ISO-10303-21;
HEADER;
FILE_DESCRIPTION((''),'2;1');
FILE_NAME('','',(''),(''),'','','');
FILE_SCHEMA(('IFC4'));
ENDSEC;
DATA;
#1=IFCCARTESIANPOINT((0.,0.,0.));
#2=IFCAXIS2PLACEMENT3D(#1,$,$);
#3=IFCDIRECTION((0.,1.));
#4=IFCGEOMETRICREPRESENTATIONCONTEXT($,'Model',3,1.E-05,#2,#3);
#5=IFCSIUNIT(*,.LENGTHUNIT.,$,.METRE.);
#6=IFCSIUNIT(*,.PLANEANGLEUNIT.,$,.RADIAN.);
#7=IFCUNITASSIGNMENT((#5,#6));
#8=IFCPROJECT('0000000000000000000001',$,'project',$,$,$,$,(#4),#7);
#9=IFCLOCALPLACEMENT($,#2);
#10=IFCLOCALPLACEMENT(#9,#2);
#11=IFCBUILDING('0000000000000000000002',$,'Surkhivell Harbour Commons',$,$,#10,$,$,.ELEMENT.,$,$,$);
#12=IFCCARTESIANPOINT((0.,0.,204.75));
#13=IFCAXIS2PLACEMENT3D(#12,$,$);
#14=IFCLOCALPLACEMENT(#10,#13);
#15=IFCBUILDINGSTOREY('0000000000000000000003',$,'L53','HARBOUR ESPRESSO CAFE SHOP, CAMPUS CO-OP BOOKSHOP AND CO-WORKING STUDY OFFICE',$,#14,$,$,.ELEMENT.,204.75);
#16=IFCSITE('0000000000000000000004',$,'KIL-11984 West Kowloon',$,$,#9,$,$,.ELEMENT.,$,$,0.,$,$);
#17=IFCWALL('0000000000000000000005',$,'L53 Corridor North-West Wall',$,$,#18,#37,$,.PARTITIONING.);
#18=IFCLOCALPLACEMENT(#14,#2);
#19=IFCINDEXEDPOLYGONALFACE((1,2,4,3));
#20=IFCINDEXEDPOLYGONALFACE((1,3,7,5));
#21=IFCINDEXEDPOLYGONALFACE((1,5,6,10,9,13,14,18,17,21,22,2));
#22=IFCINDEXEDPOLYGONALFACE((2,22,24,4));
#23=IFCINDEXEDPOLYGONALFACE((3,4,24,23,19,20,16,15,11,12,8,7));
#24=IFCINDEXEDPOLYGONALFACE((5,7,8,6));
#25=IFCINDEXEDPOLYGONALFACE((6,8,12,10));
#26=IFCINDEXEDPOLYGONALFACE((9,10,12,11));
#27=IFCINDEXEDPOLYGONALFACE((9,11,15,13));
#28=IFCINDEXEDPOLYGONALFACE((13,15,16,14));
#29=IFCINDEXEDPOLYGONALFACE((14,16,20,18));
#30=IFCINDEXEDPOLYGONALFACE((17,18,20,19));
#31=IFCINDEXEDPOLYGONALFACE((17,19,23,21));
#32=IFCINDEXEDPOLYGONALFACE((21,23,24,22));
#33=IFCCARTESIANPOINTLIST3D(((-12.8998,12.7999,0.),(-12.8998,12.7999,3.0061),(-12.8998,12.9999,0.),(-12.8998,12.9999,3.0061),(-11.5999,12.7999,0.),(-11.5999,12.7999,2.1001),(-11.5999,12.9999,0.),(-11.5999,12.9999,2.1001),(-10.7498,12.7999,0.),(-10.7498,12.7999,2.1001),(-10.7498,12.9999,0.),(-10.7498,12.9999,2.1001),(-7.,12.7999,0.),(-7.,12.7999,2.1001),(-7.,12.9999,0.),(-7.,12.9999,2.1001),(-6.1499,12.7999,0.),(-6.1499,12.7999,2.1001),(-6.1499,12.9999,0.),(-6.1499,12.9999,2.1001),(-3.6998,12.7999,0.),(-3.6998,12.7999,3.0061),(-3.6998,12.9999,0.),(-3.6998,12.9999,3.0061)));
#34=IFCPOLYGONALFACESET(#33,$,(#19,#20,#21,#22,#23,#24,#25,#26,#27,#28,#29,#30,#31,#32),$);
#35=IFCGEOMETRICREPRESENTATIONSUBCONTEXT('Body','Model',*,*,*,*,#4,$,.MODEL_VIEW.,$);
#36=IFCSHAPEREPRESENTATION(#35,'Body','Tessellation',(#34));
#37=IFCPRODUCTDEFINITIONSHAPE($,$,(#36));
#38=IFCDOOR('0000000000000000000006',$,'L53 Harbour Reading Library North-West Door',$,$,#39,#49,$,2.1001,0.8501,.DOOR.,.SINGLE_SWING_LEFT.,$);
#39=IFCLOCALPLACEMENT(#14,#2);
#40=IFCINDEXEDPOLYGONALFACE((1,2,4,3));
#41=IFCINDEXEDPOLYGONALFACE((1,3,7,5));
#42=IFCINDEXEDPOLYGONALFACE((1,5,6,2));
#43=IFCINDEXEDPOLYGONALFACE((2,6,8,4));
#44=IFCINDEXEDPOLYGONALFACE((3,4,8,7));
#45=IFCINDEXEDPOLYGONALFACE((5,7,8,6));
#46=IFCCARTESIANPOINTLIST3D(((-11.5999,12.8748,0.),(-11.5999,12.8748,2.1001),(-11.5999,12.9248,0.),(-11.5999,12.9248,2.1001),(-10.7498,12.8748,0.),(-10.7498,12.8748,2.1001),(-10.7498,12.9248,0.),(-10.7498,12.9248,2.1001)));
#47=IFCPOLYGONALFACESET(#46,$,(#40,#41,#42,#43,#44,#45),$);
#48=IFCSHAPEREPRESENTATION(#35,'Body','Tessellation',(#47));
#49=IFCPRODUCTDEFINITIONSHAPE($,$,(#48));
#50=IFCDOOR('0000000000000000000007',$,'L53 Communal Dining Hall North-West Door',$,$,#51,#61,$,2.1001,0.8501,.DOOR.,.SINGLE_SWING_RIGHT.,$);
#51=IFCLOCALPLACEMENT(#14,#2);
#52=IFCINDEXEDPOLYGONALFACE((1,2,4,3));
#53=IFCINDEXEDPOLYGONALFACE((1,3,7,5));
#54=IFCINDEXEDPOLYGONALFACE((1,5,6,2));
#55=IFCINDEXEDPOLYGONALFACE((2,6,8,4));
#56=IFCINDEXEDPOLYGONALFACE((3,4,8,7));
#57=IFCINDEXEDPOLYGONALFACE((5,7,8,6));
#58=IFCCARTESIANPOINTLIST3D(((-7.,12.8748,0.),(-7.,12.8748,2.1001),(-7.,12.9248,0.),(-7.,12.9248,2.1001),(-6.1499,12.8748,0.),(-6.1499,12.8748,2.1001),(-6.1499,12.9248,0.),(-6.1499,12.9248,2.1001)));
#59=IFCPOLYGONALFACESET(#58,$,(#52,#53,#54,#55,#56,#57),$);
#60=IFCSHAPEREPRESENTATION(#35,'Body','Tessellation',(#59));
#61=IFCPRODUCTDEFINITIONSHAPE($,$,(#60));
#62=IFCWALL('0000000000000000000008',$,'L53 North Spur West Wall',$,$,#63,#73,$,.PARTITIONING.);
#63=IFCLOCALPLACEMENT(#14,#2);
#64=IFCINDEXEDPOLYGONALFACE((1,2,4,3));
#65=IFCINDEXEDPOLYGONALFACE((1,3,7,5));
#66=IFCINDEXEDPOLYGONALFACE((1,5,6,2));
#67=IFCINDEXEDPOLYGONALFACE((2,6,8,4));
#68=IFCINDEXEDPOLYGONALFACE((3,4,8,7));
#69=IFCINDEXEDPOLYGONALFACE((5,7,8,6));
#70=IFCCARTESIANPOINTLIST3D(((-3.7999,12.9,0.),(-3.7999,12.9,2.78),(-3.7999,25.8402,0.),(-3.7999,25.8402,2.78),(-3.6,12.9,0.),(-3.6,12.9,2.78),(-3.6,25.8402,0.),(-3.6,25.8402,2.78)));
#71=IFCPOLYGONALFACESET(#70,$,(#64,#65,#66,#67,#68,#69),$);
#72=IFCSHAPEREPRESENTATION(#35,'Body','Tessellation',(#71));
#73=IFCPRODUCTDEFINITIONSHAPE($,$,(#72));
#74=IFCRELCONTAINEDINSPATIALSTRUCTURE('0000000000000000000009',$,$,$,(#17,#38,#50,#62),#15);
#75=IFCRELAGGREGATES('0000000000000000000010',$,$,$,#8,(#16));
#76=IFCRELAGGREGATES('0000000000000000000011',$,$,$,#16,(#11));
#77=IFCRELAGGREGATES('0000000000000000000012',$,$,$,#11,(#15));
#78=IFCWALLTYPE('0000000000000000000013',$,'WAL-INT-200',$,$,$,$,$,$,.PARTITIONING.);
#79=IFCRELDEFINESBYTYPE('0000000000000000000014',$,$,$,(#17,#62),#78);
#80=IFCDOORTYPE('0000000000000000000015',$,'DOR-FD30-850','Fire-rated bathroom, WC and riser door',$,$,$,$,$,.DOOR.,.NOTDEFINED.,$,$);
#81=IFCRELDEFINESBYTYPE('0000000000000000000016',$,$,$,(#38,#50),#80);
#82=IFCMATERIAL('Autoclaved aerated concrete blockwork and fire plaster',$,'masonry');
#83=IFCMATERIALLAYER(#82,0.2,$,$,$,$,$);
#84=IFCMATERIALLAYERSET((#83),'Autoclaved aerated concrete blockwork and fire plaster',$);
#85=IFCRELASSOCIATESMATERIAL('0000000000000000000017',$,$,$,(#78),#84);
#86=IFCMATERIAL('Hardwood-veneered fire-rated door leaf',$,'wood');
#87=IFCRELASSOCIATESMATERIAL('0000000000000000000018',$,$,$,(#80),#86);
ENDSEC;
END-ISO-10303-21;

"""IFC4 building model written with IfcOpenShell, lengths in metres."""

from ifc_helpers import new_model, si_unit, direction, frame, frame_2d, origin, place, context, subcontext, project, spatial, rectangle, extrude, material, layer, layer_set, type_object, element, fill, save


model = new_model("IFC4")

# Units and contexts
model_context = context("Model", 3, precision=1e-05, world=origin(), true_north=direction((0.0, 1.0)))
body_context = subcontext(model_context, "Body", "Model", "MODEL_VIEW")
ifc_project = project(units=[si_unit("LENGTHUNIT", "METRE"), si_unit("PLANEANGLEUNIT", "RADIAN")], contexts=[model_context])

# Site, building, storey
site_placement = place(None, origin())
site = spatial("IfcSite", under=ifc_project, at=site_placement, Name="KIL-11984 West Kowloon", CompositionType="ELEMENT", RefElevation=0.0)
building_placement = place(site_placement, origin())
building = spatial("IfcBuilding", under=site, at=building_placement, Name="Surkhivell Harbour Commons", CompositionType="ELEMENT")
storey_placement = place(building_placement, frame((0.0, 0.0, 204.75)))
storey = spatial("IfcBuildingStorey", under=building, at=storey_placement, Name="L53", Description="HARBOUR ESPRESSO CAFE SHOP, CAMPUS CO-OP BOOKSHOP AND CO-WORKING STUDY OFFICE", CompositionType="ELEMENT", Elevation=204.75)

# Shared definitions
ifc_material_1 = material(Name="Hardwood-veneered fire-rated door leaf", Category="wood")

# Shared definitions
ifc_material_2 = material(Name="Autoclaved aerated concrete blockwork and fire plaster", Category="masonry")
ifc_layer_1 = layer(ifc_material_2, 0.2)
ifc_layer_set_1 = layer_set([ifc_layer_1], Name="Autoclaved aerated concrete blockwork and fire plaster")
wall_type_1 = type_object("IfcWallType", Name="WAL-INT-200", PredefinedType="PARTITIONING", material=ifc_layer_set_1)

# Wall, openings, doors
wall_1_placement = place(storey_placement, frame((-12.8999, 12.8999, 0.0), z_axis=(0.0, 0.0, 1.0), x_axis=(1.0, 0.0, 0.0)))
wall_1 = element("IfcWall", 1, at=wall_1_placement, inside=storey, type_object=wall_type_1, Name="L53 Corridor North-West Wall", PredefinedType="PARTITIONING", context=body_context, shape_type="SweptSolid", body=[
    extrude(rectangle(XDim=9.2, YDim=0.2, at=frame_2d((4.6001, 0.0))), origin(), (0.0, 0.0, 1.0), 3.0061),
])
opening_1_placement = place(wall_1_placement, frame((1.3, 0.0, 0.0)))
opening_1 = element("IfcOpeningElement", 2, at=opening_1_placement, cuts=wall_1, PredefinedType="OPENING", context=body_context, shape_type="SweptSolid", body=[
    extrude(rectangle(XDim=0.8501, YDim=2.1001, at=frame_2d((0.425, 1.05))), frame((0.0, 0.1099, 0.0), z_axis=(0.0, -1.0, 0.0), x_axis=(1.0, 0.0, 0.0)), (0.0, 0.0, 1.0), 0.22),
])
opening_2_placement = place(wall_1_placement, frame((5.8999, 0.0, 0.0)))
opening_2 = element("IfcOpeningElement", 3, at=opening_2_placement, cuts=wall_1, PredefinedType="OPENING", context=body_context, shape_type="SweptSolid", body=[
    extrude(rectangle(XDim=0.8501, YDim=2.1001, at=frame_2d((0.425, 1.05))), frame((0.0, 0.1099, 0.0), z_axis=(0.0, -1.0, 0.0), x_axis=(1.0, 0.0, 0.0)), (0.0, 0.0, 1.0), 0.22),
])
door_type_1 = type_object("IfcDoorType", Name="DOR-FD30-850", Description="Fire-rated bathroom, WC and riser door", OperationType="NOTDEFINED", PredefinedType="DOOR", material=ifc_material_1)
door_1_placement = place(opening_1_placement, origin())
door_1 = element("IfcDoor", 4, at=door_1_placement, inside=storey, type_object=door_type_1, Name="L53 Harbour Reading Library North-West Door", OperationType="SINGLE_SWING_LEFT", OverallHeight=2.1001, OverallWidth=0.8501, PredefinedType="DOOR", context=body_context, shape_type="SweptSolid", body=[
    extrude(rectangle(XDim=0.8501, YDim=2.1001, at=frame_2d((0.425, 1.05))), frame((0.0, 0.0249, 0.0), z_axis=(0.0, -1.0, 0.0), x_axis=(1.0, 0.0, 0.0)), (0.0, 0.0, 1.0), 0.05),
])
fill(opening_1, door_1)
door_2_placement = place(opening_2_placement, origin())
door_2 = element("IfcDoor", 5, at=door_2_placement, inside=storey, type_object=door_type_1, Name="L53 Communal Dining Hall North-West Door", OperationType="SINGLE_SWING_RIGHT", OverallHeight=2.1001, OverallWidth=0.8501, PredefinedType="DOOR", context=body_context, shape_type="SweptSolid", body=[
    extrude(rectangle(XDim=0.8501, YDim=2.1001, at=frame_2d((0.425, 1.05))), frame((0.0, 0.0249, 0.0), z_axis=(0.0, -1.0, 0.0), x_axis=(1.0, 0.0, 0.0)), (0.0, 0.0, 1.0), 0.05),
])
fill(opening_2, door_2)

# Wall
wall_2_placement = place(storey_placement, frame((-3.7, 12.8999, 0.0), z_axis=(0.0, 0.0, 1.0), x_axis=(0.0, 1.0, 0.0)))
element("IfcWall", 6, at=wall_2_placement, inside=storey, type_object=wall_type_1, Name="L53 North Spur West Wall", PredefinedType="PARTITIONING", context=body_context, shape_type="SweptSolid", body=[
    extrude(rectangle(XDim=12.9402, YDim=0.2, at=frame_2d((6.4702, 0.0))), origin(), (0.0, 0.0, 1.0), 2.78),
])

save(model, "model.ifc")
